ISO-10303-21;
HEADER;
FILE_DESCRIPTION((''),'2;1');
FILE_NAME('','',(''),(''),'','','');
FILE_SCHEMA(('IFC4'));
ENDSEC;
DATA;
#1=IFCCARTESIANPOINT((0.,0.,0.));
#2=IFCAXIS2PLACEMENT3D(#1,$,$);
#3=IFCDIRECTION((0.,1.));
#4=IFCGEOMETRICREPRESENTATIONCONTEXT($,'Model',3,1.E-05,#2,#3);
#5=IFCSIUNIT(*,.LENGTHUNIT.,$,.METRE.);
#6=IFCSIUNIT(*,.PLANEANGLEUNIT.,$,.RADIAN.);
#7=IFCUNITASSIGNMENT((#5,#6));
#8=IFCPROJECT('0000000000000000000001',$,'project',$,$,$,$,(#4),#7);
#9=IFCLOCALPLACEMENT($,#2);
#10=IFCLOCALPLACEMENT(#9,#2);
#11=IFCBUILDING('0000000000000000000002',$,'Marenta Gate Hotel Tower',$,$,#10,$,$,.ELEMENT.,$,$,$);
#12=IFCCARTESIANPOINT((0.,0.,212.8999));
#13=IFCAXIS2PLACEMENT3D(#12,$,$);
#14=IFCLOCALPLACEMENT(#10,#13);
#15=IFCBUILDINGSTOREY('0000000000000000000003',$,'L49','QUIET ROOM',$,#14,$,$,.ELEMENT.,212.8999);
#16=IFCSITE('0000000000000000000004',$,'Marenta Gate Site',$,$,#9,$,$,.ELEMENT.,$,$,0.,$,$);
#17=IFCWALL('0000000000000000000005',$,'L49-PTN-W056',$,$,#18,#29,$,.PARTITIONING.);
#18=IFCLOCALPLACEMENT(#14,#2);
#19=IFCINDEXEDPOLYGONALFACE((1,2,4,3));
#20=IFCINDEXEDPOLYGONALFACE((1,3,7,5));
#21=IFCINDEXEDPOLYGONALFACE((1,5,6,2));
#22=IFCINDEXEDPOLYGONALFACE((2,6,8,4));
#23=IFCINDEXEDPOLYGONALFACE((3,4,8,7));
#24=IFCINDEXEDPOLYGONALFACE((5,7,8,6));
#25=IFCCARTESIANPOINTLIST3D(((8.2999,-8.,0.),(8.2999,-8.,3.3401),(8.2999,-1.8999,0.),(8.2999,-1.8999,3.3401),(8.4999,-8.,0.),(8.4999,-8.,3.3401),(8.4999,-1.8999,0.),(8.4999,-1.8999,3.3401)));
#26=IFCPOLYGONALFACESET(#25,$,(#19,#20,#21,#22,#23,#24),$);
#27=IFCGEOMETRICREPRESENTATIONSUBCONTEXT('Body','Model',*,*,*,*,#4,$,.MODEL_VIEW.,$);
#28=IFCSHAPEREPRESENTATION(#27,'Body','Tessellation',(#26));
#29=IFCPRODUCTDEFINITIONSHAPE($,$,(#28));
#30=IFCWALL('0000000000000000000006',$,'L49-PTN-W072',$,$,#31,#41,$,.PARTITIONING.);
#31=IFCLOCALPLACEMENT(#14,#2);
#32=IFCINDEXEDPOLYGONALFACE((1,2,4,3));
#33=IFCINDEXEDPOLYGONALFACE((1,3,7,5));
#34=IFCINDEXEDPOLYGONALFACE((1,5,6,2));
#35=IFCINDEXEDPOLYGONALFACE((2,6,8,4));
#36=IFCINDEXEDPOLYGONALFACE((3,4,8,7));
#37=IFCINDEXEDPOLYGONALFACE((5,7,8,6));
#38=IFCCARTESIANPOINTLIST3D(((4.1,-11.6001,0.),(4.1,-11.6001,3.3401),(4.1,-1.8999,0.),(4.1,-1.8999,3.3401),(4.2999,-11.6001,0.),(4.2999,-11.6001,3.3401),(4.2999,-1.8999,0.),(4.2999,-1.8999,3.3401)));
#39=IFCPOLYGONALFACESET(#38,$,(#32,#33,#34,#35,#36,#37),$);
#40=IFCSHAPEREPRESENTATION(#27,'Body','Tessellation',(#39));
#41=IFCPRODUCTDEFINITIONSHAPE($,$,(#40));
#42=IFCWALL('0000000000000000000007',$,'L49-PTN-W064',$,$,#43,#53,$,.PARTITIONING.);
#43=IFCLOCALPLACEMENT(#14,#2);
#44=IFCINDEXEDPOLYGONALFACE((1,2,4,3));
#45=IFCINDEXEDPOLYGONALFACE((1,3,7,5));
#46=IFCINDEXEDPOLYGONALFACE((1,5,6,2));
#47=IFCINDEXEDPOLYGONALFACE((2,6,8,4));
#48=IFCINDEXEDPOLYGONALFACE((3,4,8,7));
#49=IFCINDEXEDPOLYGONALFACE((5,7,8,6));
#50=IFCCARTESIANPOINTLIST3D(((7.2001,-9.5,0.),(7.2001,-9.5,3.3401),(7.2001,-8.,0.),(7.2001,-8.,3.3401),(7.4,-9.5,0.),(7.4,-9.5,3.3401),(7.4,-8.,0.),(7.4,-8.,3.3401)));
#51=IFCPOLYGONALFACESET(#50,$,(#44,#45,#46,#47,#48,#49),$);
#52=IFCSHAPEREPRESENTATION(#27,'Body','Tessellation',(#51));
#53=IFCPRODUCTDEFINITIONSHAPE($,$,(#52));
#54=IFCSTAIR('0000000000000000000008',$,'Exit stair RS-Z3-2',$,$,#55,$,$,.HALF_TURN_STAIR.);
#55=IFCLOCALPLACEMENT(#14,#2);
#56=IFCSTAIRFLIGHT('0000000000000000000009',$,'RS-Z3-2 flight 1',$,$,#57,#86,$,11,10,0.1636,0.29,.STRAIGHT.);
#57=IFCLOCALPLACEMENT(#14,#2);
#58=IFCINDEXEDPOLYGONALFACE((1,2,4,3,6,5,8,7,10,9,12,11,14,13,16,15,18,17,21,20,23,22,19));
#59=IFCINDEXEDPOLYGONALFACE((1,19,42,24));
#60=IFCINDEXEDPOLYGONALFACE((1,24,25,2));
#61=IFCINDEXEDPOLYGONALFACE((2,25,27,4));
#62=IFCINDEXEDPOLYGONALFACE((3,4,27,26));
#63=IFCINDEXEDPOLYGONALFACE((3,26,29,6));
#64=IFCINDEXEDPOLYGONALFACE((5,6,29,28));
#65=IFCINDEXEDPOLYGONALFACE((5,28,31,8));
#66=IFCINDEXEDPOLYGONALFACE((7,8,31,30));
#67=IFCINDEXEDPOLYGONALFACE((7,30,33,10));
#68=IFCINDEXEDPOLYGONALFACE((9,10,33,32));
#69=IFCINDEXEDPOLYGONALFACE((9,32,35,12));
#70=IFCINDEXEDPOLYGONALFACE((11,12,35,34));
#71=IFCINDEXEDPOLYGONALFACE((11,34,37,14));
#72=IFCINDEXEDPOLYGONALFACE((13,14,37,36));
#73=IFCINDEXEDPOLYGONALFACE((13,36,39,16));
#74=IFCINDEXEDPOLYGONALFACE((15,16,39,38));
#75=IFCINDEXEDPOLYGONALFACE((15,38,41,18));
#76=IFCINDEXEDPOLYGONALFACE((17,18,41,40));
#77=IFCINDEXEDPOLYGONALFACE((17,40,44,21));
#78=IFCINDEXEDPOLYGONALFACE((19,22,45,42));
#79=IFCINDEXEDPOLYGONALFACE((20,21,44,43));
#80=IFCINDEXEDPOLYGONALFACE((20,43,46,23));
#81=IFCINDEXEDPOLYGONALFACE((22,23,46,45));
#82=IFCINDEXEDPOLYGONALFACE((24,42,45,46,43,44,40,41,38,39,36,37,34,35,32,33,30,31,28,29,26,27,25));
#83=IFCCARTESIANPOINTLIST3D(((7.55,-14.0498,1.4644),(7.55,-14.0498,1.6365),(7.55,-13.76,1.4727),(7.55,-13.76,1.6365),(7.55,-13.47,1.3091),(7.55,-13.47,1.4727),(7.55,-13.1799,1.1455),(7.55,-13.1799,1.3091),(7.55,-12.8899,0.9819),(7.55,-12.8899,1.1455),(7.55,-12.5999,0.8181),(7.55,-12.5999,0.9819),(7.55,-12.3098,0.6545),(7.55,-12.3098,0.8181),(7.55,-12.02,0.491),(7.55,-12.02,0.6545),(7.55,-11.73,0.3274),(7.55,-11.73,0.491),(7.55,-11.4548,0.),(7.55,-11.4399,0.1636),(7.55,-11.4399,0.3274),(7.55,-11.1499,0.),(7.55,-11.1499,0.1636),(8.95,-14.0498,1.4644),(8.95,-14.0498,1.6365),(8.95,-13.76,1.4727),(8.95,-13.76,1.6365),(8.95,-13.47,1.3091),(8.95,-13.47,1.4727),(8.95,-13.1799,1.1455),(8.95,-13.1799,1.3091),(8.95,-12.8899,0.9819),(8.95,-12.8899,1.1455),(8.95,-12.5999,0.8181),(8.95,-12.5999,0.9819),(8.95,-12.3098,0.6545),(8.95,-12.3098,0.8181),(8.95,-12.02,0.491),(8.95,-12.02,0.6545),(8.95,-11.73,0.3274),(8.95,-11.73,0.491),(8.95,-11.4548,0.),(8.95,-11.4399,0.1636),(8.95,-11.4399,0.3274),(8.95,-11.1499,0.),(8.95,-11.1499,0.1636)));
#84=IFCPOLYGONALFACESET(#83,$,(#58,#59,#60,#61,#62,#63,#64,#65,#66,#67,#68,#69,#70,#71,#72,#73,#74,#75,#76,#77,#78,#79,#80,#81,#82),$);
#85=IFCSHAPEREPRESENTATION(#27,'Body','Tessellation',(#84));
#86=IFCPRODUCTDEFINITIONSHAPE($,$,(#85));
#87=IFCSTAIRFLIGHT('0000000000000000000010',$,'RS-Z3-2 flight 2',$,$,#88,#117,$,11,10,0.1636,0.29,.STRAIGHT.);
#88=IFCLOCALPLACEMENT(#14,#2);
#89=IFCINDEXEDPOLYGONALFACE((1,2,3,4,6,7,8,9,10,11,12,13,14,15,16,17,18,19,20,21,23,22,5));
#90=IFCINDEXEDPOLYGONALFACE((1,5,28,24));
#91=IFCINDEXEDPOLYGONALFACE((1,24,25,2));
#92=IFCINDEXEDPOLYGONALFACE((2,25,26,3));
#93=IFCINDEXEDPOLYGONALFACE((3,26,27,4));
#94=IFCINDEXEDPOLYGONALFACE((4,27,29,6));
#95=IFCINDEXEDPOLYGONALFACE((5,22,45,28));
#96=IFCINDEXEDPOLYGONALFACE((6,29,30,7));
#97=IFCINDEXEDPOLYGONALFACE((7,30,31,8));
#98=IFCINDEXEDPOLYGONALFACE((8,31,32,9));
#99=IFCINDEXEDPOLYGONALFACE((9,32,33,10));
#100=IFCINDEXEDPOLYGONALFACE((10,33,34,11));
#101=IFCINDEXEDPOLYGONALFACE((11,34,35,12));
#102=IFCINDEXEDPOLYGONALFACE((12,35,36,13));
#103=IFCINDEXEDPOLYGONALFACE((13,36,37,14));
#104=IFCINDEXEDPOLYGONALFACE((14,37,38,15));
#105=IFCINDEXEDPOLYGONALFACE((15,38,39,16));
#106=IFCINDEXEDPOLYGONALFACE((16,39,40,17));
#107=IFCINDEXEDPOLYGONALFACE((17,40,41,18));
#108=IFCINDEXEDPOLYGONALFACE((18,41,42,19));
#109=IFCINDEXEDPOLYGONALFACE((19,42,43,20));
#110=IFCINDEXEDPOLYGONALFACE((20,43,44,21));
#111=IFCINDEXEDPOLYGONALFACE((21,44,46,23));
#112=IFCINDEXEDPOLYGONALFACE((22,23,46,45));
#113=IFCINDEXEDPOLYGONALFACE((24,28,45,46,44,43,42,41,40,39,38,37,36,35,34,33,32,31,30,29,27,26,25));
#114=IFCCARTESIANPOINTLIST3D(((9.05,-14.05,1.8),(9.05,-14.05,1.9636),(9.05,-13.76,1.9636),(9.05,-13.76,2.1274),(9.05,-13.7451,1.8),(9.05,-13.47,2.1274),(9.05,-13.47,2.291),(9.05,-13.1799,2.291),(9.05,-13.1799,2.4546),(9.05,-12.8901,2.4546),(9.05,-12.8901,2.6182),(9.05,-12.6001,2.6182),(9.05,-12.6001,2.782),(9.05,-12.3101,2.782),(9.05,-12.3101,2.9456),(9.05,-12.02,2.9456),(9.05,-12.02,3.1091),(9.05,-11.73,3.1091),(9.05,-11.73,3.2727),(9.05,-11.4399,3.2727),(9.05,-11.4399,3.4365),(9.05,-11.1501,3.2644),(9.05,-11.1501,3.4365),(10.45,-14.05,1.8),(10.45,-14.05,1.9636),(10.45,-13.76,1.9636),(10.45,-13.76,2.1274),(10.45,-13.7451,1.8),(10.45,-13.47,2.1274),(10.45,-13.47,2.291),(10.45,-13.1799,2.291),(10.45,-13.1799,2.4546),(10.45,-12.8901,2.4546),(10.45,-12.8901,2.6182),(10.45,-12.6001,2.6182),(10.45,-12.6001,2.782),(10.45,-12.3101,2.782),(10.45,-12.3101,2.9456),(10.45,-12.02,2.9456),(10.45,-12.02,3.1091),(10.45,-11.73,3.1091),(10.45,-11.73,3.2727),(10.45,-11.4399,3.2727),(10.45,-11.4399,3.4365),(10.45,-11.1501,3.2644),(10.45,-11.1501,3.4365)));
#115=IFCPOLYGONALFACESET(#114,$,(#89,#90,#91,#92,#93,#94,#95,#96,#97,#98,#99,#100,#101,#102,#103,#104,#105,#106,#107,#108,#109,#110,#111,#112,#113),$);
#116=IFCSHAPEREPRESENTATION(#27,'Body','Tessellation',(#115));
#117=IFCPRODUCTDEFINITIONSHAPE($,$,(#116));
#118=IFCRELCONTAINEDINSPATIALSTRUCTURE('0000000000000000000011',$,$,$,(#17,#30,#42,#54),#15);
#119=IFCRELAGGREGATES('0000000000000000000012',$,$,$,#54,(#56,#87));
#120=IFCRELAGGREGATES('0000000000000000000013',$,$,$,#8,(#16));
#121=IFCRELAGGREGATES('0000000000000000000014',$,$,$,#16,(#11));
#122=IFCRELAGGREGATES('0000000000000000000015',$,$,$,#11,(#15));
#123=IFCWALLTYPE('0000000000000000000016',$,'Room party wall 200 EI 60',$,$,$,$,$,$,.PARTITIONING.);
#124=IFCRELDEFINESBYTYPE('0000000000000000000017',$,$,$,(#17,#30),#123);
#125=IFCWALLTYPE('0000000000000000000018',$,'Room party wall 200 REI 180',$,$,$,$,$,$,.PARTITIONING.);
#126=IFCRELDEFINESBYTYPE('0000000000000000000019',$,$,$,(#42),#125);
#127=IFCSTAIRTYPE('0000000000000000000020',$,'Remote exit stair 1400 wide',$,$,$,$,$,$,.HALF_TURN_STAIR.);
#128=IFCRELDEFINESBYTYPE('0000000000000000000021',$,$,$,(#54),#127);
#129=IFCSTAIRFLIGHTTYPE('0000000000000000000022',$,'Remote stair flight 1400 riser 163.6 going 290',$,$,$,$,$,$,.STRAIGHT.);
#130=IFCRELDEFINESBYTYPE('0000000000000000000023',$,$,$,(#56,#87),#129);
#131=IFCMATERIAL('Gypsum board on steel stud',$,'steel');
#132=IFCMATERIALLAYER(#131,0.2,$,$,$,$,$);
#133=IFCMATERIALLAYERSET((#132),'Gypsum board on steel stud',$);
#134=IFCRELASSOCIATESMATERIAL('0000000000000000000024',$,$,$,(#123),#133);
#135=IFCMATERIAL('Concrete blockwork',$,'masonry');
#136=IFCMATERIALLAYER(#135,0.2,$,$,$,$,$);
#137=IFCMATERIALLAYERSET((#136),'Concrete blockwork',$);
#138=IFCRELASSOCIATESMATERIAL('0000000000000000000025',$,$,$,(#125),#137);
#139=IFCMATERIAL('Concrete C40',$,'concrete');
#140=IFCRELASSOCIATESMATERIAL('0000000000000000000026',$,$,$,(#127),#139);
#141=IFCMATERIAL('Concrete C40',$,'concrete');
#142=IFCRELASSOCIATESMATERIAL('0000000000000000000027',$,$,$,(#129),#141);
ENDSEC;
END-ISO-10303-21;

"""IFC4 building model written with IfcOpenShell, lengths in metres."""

from ifc_helpers import new_model, si_unit, direction, frame, frame_2d, origin, place, context, subcontext, project, spatial, polyline, rectangle, outline, extrude, material, layer, layer_set, type_object, element, aggregate, save


model = new_model("IFC4")

# Units and contexts
model_context = context("Model", 3, precision=1e-05, world=origin(), true_north=direction((0.0, 1.0)))
body_context = subcontext(model_context, "Body", "Model", "MODEL_VIEW")
ifc_project = project(units=[si_unit("LENGTHUNIT", "METRE"), si_unit("PLANEANGLEUNIT", "RADIAN")], contexts=[model_context])

# Site, building, storey
site_placement = place(None, origin())
site = spatial("IfcSite", under=ifc_project, at=site_placement, Name="Marenta Gate Site", CompositionType="ELEMENT", RefElevation=0.0)
building_placement = place(site_placement, origin())
building = spatial("IfcBuilding", under=site, at=building_placement, Name="Marenta Gate Hotel Tower", CompositionType="ELEMENT")
storey_placement = place(building_placement, frame((0.0, 0.0, 212.8999)))
storey = spatial("IfcBuildingStorey", under=building, at=storey_placement, Name="L49", Description="QUIET ROOM", CompositionType="ELEMENT", Elevation=212.8999)

# Walls
ifc_material_1 = material(Name="Gypsum board on steel stud", Category="steel")
ifc_layer_1 = layer(ifc_material_1, 0.2)
ifc_layer_set_1 = layer_set([ifc_layer_1], Name="Gypsum board on steel stud")
wall_type_1 = type_object("IfcWallType", Name="Room party wall 200 EI 60", PredefinedType="PARTITIONING", material=ifc_layer_set_1)
wall_1_placement = place(storey_placement, frame((8.3999, -8.0, 0.0), z_axis=(0.0, 0.0, 1.0), x_axis=(0.0, 1.0, 0.0)))
element("IfcWall", 1, at=wall_1_placement, inside=storey, type_object=wall_type_1, Name="L49-PTN-W056", PredefinedType="PARTITIONING", context=body_context, shape_type="SweptSolid", body=[
    extrude(rectangle(XDim=6.1001, YDim=0.2, at=frame_2d((3.05, 0.0))), origin(), (0.0, 0.0, 1.0), 3.3401),
])
wall_2_placement = place(storey_placement, frame((4.2, -11.6001, 0.0), z_axis=(0.0, 0.0, 1.0), x_axis=(0.0, 1.0, 0.0)))
element("IfcWall", 2, at=wall_2_placement, inside=storey, type_object=wall_type_1, Name="L49-PTN-W072", PredefinedType="PARTITIONING", context=body_context, shape_type="SweptSolid", body=[
    extrude(rectangle(XDim=9.7002, YDim=0.2, at=frame_2d((4.8501, 0.0))), origin(), (0.0, 0.0, 1.0), 3.3401),
])
ifc_material_2 = material(Name="Concrete blockwork", Category="masonry")
ifc_layer_2 = layer(ifc_material_2, 0.2)
ifc_layer_set_2 = layer_set([ifc_layer_2], Name="Concrete blockwork")
wall_type_2 = type_object("IfcWallType", Name="Room party wall 200 REI 180", PredefinedType="PARTITIONING", material=ifc_layer_set_2)
wall_3_placement = place(storey_placement, frame((7.3, -9.5, 0.0), z_axis=(0.0, 0.0, 1.0), x_axis=(0.0, 1.0, 0.0)))
element("IfcWall", 3, at=wall_3_placement, inside=storey, type_object=wall_type_2, Name="L49-PTN-W064", PredefinedType="PARTITIONING", context=body_context, shape_type="SweptSolid", body=[
    extrude(rectangle(XDim=1.5, YDim=0.2, at=frame_2d((0.75, 0.0))), origin(), (0.0, 0.0, 1.0), 3.3401),
])

# Stair, stair flights
ifc_material_3 = material(Name="Concrete C40", Category="concrete")
stair_type = type_object("IfcStairType", Name="Remote exit stair 1400 wide", PredefinedType="HALF_TURN_STAIR", material=ifc_material_3)
stair_placement = place(storey_placement, origin())
stair = element("IfcStair", 4, at=stair_placement, inside=storey, type_object=stair_type, Name="Exit stair RS-Z3-2", PredefinedType="HALF_TURN_STAIR")
ifc_material_4 = material(Name="Concrete C40", Category="concrete")
stair_flight_type = type_object("IfcStairFlightType", Name="Remote stair flight 1400 riser 163.6 going 290", PredefinedType="STRAIGHT", material=ifc_material_4)
stair_flight_1_placement = place(storey_placement, frame((8.25, -11.1499, 0.0), z_axis=(0.0, 0.0, 1.0), x_axis=(0.0, -1.0, 0.0)))
stair_flight_1 = element("IfcStairFlight", 5, at=stair_flight_1_placement, type_object=stair_flight_type, Name="RS-Z3-2 flight 1", NumberOfRisers=11, NumberOfTreads=10, PredefinedType="STRAIGHT", RiserHeight=0.1636, TreadLength=0.29, context=body_context, shape_type="SweptSolid", body=[
    extrude(outline(polyline([(0.0, 0.0), (0.0, 0.1636), (0.29, 0.1636), (0.29, 0.3274), (0.5801, 0.3274), (0.5801, 0.491), (0.8701, 0.491), (0.8701, 0.6545), (1.1599, 0.6545), (1.1599, 0.8181), (1.45, 0.8181), (1.45, 0.9819), (1.74, 0.9819), (1.74, 1.1455), (2.03, 1.1455), (2.03, 1.3091), (2.3201, 1.3091), (2.3201, 1.4727), (2.6101, 1.4727), (2.6101, 1.6365), (2.8999, 1.6365), (2.8999, 1.8), (2.8999, 1.4644), (0.3049, 0.0), (0.0, 0.0)])), frame((0.0, 0.7, 0.0), z_axis=(0.0, -1.0, 0.0), x_axis=(1.0, 0.0, 0.0)), (0.0, 0.0, 1.0), 1.3999),
])
stair_flight_2_placement = place(storey_placement, frame((9.75, -14.05, 1.8), z_axis=(0.0, 0.0, 1.0), x_axis=(0.0, 1.0, 0.0)))
stair_flight_2 = element("IfcStairFlight", 6, at=stair_flight_2_placement, type_object=stair_flight_type, Name="RS-Z3-2 flight 2", NumberOfRisers=11, NumberOfTreads=10, PredefinedType="STRAIGHT", RiserHeight=0.1636, TreadLength=0.29, context=body_context, shape_type="SweptSolid", body=[
    extrude(outline(polyline([(0.0, 0.0), (0.0, 0.1636), (0.29, 0.1636), (0.29, 0.3274), (0.5801, 0.3274), (0.5801, 0.491), (0.8701, 0.491), (0.8701, 0.6545), (1.1599, 0.6545), (1.1599, 0.8181), (1.45, 0.8181), (1.45, 0.9819), (1.74, 0.9819), (1.74, 1.1455), (2.03, 1.1455), (2.03, 1.3091), (2.3201, 1.3091), (2.3201, 1.4727), (2.6101, 1.4727), (2.6101, 1.6365), (2.8999, 1.6365), (2.8999, 1.8), (2.8999, 1.4644), (0.3049, 0.0), (0.0, 0.0)])), frame((0.0, 0.7, 0.0), z_axis=(0.0, -1.0, 0.0), x_axis=(1.0, 0.0, 0.0)), (0.0, 0.0, 1.0), 1.3999),
])
aggregate(stair, [stair_flight_1, stair_flight_2])

save(model, "model.ifc")
